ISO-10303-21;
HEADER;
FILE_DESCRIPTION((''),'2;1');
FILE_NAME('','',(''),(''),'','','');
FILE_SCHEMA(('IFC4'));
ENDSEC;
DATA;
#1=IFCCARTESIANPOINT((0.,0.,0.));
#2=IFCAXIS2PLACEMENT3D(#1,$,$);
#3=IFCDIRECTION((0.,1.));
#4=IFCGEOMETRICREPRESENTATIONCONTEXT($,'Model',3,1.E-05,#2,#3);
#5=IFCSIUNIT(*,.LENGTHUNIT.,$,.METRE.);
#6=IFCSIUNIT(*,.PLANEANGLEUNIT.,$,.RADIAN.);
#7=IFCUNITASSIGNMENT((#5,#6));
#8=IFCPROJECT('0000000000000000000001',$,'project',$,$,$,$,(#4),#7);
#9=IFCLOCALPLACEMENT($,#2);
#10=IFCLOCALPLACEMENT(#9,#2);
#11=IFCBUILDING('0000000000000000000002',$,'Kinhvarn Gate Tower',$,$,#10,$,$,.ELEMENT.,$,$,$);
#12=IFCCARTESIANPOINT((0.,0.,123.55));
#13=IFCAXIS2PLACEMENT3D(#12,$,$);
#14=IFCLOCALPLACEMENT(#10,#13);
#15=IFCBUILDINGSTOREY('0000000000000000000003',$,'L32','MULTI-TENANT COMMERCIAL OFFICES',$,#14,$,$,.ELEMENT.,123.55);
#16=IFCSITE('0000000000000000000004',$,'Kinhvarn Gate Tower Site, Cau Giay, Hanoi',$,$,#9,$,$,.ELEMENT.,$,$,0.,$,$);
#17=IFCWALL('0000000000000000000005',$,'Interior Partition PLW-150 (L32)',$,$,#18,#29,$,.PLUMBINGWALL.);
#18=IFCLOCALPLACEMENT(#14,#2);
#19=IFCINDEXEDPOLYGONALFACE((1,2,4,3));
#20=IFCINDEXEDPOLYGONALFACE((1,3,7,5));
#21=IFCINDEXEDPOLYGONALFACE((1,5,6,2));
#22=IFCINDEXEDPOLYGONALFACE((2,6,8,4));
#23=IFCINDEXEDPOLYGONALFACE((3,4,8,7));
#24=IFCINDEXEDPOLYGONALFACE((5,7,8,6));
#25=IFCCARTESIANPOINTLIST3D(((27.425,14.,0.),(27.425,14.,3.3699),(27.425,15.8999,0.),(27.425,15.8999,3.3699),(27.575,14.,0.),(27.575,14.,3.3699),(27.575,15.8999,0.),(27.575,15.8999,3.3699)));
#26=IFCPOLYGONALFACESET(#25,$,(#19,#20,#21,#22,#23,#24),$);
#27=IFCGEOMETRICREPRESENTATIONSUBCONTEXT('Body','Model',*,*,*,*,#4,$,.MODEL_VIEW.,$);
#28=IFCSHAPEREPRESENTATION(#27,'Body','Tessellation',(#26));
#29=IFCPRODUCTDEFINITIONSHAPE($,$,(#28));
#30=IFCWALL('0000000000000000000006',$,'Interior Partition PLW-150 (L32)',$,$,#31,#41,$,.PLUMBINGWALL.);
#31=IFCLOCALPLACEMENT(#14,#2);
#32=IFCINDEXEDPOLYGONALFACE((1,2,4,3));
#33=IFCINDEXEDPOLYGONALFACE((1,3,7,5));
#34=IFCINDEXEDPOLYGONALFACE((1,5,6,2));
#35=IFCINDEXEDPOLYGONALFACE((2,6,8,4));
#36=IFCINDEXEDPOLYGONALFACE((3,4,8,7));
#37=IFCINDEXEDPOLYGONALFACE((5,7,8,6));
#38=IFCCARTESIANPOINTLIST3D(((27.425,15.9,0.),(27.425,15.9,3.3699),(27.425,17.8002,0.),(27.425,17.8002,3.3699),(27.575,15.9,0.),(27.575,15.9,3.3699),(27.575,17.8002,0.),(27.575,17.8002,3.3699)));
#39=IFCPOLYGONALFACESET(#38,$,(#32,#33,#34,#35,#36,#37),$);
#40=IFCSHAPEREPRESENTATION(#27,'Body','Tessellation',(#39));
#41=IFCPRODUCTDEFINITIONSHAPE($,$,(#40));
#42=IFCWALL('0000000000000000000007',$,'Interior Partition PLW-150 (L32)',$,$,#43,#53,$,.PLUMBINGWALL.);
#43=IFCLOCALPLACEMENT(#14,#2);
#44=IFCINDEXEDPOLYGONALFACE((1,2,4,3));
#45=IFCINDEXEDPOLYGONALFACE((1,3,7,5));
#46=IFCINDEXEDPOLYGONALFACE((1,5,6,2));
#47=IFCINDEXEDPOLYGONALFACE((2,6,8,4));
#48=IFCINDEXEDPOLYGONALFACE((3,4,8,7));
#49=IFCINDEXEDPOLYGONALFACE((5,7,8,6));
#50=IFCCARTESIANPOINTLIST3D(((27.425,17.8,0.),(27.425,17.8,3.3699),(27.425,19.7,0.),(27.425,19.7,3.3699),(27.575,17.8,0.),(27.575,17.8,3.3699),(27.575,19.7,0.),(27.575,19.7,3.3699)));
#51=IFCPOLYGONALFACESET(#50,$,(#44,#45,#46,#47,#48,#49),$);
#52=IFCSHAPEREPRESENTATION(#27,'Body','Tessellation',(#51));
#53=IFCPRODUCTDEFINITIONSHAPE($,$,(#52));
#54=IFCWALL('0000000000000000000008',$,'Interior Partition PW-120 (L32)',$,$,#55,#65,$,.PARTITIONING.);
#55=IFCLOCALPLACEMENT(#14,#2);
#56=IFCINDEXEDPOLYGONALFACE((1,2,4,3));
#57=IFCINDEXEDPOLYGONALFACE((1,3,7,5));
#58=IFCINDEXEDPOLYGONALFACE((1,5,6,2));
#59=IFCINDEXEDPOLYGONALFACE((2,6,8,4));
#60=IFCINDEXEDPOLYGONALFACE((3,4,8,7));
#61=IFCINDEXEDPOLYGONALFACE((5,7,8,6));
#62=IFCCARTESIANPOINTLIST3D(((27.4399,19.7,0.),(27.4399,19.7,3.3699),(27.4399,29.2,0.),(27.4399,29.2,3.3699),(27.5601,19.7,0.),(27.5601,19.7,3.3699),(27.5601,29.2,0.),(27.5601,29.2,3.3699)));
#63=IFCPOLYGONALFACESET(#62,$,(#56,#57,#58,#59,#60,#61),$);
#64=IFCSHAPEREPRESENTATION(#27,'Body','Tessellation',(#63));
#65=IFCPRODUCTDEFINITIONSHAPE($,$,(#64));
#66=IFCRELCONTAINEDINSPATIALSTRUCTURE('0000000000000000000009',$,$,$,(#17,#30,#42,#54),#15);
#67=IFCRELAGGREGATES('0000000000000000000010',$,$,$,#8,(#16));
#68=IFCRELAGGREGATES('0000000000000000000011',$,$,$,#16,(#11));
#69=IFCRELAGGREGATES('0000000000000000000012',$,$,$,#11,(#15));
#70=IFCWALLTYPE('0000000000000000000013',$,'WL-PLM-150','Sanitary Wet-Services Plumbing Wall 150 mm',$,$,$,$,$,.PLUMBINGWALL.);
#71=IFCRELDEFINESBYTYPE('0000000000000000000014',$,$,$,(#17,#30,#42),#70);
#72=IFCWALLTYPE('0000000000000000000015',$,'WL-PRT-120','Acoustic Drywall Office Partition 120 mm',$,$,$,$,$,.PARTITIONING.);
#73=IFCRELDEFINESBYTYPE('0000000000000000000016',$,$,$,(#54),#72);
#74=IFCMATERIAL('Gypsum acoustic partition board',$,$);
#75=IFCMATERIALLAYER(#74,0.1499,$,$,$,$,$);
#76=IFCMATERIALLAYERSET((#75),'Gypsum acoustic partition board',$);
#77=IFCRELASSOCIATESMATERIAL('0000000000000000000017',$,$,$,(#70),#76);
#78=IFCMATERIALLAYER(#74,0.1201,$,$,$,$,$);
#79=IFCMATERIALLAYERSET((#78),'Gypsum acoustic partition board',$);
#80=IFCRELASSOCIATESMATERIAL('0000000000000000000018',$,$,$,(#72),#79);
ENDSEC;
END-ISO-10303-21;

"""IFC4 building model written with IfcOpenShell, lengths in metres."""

from ifc_helpers import new_model, si_unit, direction, frame, frame_2d, origin, place, context, subcontext, project, spatial, rectangle, extrude, material, layer, layer_set, type_object, element, save


model = new_model("IFC4")

# Units and contexts
model_context = context("Model", 3, precision=1e-05, world=origin(), true_north=direction((0.0, 1.0)))
body_context = subcontext(model_context, "Body", "Model", "MODEL_VIEW")
ifc_project = project(units=[si_unit("LENGTHUNIT", "METRE"), si_unit("PLANEANGLEUNIT", "RADIAN")], contexts=[model_context])

# Site, building, storey
site_placement = place(None, origin())
site = spatial("IfcSite", under=ifc_project, at=site_placement, Name="Kinhvarn Gate Tower Site, Cau Giay, Hanoi", CompositionType="ELEMENT", RefElevation=0.0)
building_placement = place(site_placement, origin())
building = spatial("IfcBuilding", under=site, at=building_placement, Name="Kinhvarn Gate Tower", CompositionType="ELEMENT")
storey_placement = place(building_placement, frame((0.0, 0.0, 123.55)))
storey = spatial("IfcBuildingStorey", under=building, at=storey_placement, Name="L32", Description="MULTI-TENANT COMMERCIAL OFFICES", CompositionType="ELEMENT", Elevation=123.55)

# Walls
ifc_material_1 = material(Name="Gypsum acoustic partition board")
ifc_layer_1 = layer(ifc_material_1, 0.1499)
ifc_layer_set_1 = layer_set([ifc_layer_1], Name="Gypsum acoustic partition board")
wall_type_1 = type_object("IfcWallType", Name="WL-PLM-150", Description="Sanitary Wet-Services Plumbing Wall 150 mm", PredefinedType="PLUMBINGWALL", material=ifc_layer_set_1)
wall_1_placement = place(storey_placement, frame((27.5, 14.0, 0.0), z_axis=(0.0, 0.0, 1.0), x_axis=(0.0, 1.0, 0.0)))
element("IfcWall", 1, at=wall_1_placement, inside=storey, type_object=wall_type_1, Name="Interior Partition PLW-150 (L32)", PredefinedType="PLUMBINGWALL", context=body_context, shape_type="SweptSolid", body=[
    extrude(rectangle(XDim=1.8999, YDim=0.1499, at=frame_2d((0.95, 0.0))), origin(), (0.0, 0.0, 1.0), 3.3699),
])
wall_2_placement = place(storey_placement, frame((27.5, 15.8999, 0.0), z_axis=(0.0, 0.0, 1.0), x_axis=(0.0, 1.0, 0.0)))
element("IfcWall", 2, at=wall_2_placement, inside=storey, type_object=wall_type_1, Name="Interior Partition PLW-150 (L32)", PredefinedType="PLUMBINGWALL", context=body_context, shape_type="SweptSolid", body=[
    extrude(rectangle(XDim=1.9001, YDim=0.1499, at=frame_2d((0.9502, 0.0))), origin(), (0.0, 0.0, 1.0), 3.3699),
])
wall_3_placement = place(storey_placement, frame((27.5, 17.8, 0.0), z_axis=(0.0, 0.0, 1.0), x_axis=(0.0, 1.0, 0.0)))
element("IfcWall", 3, at=wall_3_placement, inside=storey, type_object=wall_type_1, Name="Interior Partition PLW-150 (L32)", PredefinedType="PLUMBINGWALL", context=body_context, shape_type="SweptSolid", body=[
    extrude(rectangle(XDim=1.8999, YDim=0.1499, at=frame_2d((0.95, 0.0))), origin(), (0.0, 0.0, 1.0), 3.3699),
])
ifc_layer_2 = layer(ifc_material_1, 0.1201)
ifc_layer_set_2 = layer_set([ifc_layer_2], Name="Gypsum acoustic partition board")
wall_type_2 = type_object("IfcWallType", Name="WL-PRT-120", Description="Acoustic Drywall Office Partition 120 mm", PredefinedType="PARTITIONING", material=ifc_layer_set_2)
wall_4_placement = place(storey_placement, frame((27.5, 19.7, 0.0), z_axis=(0.0, 0.0, 1.0), x_axis=(0.0, 1.0, 0.0)))
element("IfcWall", 4, at=wall_4_placement, inside=storey, type_object=wall_type_2, Name="Interior Partition PW-120 (L32)", PredefinedType="PARTITIONING", context=body_context, shape_type="SweptSolid", body=[
    extrude(rectangle(XDim=9.5, YDim=0.1201, at=frame_2d((4.75, 0.0))), origin(), (0.0, 0.0, 1.0), 3.3699),
])

save(model, "model.ifc")
